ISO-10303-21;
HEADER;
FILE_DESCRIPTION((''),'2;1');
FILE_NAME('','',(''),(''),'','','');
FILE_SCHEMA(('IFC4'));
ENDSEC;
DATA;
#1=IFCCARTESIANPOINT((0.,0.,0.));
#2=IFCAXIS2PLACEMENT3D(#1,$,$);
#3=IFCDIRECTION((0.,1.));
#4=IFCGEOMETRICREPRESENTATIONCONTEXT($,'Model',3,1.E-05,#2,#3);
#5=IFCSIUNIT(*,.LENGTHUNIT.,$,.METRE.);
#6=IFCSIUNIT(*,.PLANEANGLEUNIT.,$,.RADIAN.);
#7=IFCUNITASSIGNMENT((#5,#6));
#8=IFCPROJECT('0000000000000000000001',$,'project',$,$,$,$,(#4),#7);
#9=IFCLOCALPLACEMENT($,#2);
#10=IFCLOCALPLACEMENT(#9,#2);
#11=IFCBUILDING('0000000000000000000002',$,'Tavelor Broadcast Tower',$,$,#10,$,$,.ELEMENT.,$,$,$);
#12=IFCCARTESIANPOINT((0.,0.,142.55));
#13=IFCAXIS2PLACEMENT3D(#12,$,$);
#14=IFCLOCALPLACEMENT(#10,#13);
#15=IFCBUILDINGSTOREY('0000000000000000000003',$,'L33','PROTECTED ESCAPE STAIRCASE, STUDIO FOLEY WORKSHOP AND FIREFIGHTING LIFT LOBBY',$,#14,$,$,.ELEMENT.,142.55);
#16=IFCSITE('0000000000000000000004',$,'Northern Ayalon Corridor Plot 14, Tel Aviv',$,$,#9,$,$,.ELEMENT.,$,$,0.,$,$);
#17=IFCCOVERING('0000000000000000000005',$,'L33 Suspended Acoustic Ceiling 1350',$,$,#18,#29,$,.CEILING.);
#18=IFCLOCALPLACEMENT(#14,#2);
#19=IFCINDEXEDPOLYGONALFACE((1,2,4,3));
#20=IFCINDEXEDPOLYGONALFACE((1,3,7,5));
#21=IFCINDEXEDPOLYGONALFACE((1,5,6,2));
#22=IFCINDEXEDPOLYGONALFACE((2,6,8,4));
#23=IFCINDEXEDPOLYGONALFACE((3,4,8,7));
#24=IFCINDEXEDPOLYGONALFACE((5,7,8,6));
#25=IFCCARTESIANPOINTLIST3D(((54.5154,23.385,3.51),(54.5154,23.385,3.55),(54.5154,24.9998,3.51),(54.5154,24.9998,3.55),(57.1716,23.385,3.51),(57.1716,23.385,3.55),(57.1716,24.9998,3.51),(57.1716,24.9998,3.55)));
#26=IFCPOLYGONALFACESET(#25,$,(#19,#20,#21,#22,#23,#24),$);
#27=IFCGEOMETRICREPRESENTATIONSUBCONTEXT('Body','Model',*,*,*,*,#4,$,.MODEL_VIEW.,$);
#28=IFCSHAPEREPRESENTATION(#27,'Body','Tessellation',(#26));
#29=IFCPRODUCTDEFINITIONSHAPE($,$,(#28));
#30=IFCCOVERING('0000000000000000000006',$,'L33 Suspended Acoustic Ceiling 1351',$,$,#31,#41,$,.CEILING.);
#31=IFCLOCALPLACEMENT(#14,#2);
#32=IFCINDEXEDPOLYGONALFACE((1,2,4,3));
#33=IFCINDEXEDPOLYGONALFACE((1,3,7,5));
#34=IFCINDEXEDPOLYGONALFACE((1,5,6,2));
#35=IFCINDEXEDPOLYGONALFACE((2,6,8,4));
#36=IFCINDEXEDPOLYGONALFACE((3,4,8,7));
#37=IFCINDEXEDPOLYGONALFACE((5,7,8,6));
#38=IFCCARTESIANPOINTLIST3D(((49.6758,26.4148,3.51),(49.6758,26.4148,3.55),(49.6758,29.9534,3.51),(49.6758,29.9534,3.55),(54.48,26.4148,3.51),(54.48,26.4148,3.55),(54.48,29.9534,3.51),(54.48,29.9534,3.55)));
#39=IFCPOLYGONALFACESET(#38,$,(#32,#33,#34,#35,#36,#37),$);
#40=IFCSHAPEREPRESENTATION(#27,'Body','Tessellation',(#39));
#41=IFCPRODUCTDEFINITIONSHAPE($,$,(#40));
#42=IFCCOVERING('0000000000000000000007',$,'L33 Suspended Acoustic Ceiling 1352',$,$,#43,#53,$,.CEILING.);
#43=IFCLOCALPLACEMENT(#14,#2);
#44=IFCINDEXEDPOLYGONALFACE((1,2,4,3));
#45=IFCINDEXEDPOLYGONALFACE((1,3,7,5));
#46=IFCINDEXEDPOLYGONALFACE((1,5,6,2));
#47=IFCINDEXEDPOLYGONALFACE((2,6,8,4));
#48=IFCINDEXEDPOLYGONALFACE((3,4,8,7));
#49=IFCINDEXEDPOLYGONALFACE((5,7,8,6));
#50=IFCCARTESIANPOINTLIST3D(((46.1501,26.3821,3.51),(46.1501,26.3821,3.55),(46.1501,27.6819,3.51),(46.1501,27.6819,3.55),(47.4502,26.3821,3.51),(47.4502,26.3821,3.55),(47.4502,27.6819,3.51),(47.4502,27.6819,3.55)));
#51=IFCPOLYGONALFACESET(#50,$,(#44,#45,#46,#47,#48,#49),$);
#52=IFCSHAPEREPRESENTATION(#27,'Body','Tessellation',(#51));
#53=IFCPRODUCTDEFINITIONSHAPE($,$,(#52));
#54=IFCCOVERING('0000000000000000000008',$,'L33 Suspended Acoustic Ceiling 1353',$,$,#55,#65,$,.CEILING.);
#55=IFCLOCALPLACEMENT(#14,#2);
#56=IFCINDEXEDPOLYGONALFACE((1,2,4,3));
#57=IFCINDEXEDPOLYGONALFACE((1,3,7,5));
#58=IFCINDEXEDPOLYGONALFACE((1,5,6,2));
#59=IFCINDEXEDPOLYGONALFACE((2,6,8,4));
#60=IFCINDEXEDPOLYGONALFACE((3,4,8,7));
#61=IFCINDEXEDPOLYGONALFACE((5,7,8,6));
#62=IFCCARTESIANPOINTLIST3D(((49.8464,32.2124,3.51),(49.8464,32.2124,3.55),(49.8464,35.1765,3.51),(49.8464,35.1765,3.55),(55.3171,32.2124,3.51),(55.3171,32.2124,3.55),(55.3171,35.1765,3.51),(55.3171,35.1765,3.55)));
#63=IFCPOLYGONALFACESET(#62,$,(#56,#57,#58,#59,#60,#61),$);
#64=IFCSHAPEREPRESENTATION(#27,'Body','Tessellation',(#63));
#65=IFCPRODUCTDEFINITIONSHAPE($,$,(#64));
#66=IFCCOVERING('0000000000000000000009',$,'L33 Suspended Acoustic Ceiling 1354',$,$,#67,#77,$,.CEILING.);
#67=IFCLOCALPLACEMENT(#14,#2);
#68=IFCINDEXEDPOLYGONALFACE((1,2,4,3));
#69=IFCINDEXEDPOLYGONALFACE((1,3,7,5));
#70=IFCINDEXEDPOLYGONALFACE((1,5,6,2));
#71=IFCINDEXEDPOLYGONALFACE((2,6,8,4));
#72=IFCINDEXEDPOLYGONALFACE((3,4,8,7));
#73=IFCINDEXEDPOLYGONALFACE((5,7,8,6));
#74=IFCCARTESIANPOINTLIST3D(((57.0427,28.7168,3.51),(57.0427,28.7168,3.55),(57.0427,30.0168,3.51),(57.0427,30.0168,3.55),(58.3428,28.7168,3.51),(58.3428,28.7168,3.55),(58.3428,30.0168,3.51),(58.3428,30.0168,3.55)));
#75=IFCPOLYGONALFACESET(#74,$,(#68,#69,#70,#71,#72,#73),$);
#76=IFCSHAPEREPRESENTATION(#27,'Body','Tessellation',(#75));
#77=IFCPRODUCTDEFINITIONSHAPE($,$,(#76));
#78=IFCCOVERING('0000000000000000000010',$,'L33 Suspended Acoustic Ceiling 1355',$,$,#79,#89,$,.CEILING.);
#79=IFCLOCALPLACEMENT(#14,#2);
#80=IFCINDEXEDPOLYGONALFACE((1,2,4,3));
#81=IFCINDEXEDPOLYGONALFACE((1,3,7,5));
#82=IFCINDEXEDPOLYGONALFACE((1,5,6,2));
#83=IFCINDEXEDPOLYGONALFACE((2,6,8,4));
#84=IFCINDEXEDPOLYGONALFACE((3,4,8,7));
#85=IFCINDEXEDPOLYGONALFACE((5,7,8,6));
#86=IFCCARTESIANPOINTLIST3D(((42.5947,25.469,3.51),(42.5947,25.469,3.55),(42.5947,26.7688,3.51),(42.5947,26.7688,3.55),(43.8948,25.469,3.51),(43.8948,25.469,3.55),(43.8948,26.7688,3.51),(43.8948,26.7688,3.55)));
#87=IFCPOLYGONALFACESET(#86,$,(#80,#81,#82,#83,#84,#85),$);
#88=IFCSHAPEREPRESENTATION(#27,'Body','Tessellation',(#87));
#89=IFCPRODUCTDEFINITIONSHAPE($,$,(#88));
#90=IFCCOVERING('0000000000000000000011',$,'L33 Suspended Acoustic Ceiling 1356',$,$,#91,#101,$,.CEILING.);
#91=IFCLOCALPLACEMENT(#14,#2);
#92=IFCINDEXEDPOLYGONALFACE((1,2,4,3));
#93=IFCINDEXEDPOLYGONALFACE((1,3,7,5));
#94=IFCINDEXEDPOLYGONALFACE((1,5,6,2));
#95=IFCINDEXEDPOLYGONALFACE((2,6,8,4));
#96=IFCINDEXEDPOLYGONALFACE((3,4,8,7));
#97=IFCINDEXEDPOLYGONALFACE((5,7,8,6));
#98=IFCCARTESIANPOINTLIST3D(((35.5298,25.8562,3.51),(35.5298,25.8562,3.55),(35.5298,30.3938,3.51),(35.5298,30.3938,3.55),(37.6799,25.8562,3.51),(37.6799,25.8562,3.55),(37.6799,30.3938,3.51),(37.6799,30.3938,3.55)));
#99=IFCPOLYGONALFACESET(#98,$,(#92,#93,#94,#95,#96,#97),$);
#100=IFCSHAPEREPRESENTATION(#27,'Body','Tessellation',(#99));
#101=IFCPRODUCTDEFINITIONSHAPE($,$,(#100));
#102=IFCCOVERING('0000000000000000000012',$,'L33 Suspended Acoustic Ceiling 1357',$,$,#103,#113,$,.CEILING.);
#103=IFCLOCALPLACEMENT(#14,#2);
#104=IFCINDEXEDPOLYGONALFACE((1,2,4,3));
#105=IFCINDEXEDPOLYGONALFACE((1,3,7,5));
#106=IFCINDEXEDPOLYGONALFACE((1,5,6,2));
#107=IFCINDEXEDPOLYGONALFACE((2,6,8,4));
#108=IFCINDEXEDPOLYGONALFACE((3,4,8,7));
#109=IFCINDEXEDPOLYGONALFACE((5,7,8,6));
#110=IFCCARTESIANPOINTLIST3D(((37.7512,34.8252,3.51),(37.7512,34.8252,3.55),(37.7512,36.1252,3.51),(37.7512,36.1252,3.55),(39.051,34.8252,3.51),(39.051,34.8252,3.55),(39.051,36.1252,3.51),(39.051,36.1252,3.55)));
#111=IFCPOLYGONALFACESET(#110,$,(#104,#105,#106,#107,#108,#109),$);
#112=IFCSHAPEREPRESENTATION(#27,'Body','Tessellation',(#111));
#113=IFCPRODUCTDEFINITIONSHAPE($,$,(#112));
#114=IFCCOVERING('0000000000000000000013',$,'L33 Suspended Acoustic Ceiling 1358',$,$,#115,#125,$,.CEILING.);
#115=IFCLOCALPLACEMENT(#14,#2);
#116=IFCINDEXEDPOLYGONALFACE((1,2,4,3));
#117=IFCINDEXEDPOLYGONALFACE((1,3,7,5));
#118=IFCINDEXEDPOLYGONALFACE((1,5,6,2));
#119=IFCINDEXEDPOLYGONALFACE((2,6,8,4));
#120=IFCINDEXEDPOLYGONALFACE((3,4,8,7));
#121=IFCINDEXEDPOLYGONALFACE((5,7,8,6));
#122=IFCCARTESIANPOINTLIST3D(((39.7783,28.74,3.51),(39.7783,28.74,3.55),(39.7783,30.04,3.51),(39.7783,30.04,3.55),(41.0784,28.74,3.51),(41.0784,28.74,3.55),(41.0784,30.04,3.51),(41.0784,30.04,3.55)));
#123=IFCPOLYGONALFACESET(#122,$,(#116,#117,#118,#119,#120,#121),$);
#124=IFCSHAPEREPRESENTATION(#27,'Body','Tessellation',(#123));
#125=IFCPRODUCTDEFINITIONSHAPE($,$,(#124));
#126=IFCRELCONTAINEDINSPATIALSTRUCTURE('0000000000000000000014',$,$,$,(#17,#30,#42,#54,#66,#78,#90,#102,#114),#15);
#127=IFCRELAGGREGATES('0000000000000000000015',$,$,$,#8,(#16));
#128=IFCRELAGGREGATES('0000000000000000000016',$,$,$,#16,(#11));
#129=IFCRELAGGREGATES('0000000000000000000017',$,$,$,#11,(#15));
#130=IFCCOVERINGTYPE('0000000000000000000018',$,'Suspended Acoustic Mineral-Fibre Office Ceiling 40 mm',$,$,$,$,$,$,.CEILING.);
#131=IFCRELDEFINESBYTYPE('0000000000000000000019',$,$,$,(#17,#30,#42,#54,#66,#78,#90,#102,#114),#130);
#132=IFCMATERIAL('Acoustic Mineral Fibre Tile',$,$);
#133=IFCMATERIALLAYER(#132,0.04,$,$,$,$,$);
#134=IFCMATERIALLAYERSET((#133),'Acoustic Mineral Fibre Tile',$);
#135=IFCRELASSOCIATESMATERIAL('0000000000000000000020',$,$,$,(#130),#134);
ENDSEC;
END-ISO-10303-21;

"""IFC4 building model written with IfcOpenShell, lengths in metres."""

from ifc_helpers import new_model, si_unit, direction, frame, origin, place, context, subcontext, project, spatial, polyline, outline, extrude, material, layer, layer_set, type_object, element, save


model = new_model("IFC4")

# Units and contexts
model_context = context("Model", 3, precision=1e-05, world=origin(), true_north=direction((0.0, 1.0)))
body_context = subcontext(model_context, "Body", "Model", "MODEL_VIEW")
ifc_project = project(units=[si_unit("LENGTHUNIT", "METRE"), si_unit("PLANEANGLEUNIT", "RADIAN")], contexts=[model_context])

# Site, building, storey
site_placement = place(None, origin())
site = spatial("IfcSite", under=ifc_project, at=site_placement, Name="Northern Ayalon Corridor Plot 14, Tel Aviv", CompositionType="ELEMENT", RefElevation=0.0)
building_placement = place(site_placement, origin())
building = spatial("IfcBuilding", under=site, at=building_placement, Name="Tavelor Broadcast Tower", CompositionType="ELEMENT")
storey_placement = place(building_placement, frame((0.0, 0.0, 142.55)))
storey = spatial("IfcBuildingStorey", under=building, at=storey_placement, Name="L33", Description="PROTECTED ESCAPE STAIRCASE, STUDIO FOLEY WORKSHOP AND FIREFIGHTING LIFT LOBBY", CompositionType="ELEMENT", Elevation=142.55)

# Coverings
ifc_material_1 = material(Name="Acoustic Mineral Fibre Tile")
ifc_layer_1 = layer(ifc_material_1, 0.04)
ifc_layer_set_1 = layer_set([ifc_layer_1], Name="Acoustic Mineral Fibre Tile")
covering_type_1 = type_object("IfcCoveringType", Name="Suspended Acoustic Mineral-Fibre Office Ceiling 40 mm", PredefinedType="CEILING", material=ifc_layer_set_1)
covering_1_placement = place(storey_placement, frame((0.0, 0.0, 3.51)))
element("IfcCovering", 1, at=covering_1_placement, inside=storey, type_object=covering_type_1, Name="L33 Suspended Acoustic Ceiling 1350", PredefinedType="CEILING", context=body_context, shape_type="SweptSolid", body=[
    extrude(outline(polyline([(54.5154, 23.385), (57.1716, 23.385), (57.1716, 24.9998), (54.5154, 24.9998), (54.5154, 23.385)])), origin(), (0.0, 0.0, 1.0), 0.04),
])
covering_2_placement = place(storey_placement, frame((0.0, 0.0, 3.51)))
element("IfcCovering", 2, at=covering_2_placement, inside=storey, type_object=covering_type_1, Name="L33 Suspended Acoustic Ceiling 1351", PredefinedType="CEILING", context=body_context, shape_type="SweptSolid", body=[
    extrude(outline(polyline([(49.6758, 26.4148), (54.48, 26.4148), (54.48, 29.9534), (49.6758, 29.9534), (49.6758, 26.4148)])), origin(), (0.0, 0.0, 1.0), 0.04),
])
covering_3_placement = place(storey_placement, frame((0.0, 0.0, 3.51)))
element("IfcCovering", 3, at=covering_3_placement, inside=storey, type_object=covering_type_1, Name="L33 Suspended Acoustic Ceiling 1352", PredefinedType="CEILING", context=body_context, shape_type="SweptSolid", body=[
    extrude(outline(polyline([(46.1501, 26.3821), (47.4502, 26.3821), (47.4502, 27.6819), (46.1501, 27.6819), (46.1501, 26.3821)])), origin(), (0.0, 0.0, 1.0), 0.04),
])
covering_4_placement = place(storey_placement, frame((0.0, 0.0, 3.51)))
element("IfcCovering", 4, at=covering_4_placement, inside=storey, type_object=covering_type_1, Name="L33 Suspended Acoustic Ceiling 1353", PredefinedType="CEILING", context=body_context, shape_type="SweptSolid", body=[
    extrude(outline(polyline([(49.8464, 32.2124), (55.3171, 32.2124), (55.3171, 35.1765), (49.8464, 35.1765), (49.8464, 32.2124)])), origin(), (0.0, 0.0, 1.0), 0.04),
])
covering_5_placement = place(storey_placement, frame((0.0, 0.0, 3.51)))
element("IfcCovering", 5, at=covering_5_placement, inside=storey, type_object=covering_type_1, Name="L33 Suspended Acoustic Ceiling 1354", PredefinedType="CEILING", context=body_context, shape_type="SweptSolid", body=[
    extrude(outline(polyline([(57.0427, 28.7168), (58.3428, 28.7168), (58.3428, 30.0168), (57.0427, 30.0168), (57.0427, 28.7168)])), origin(), (0.0, 0.0, 1.0), 0.04),
])
covering_6_placement = place(storey_placement, frame((0.0, 0.0, 3.51)))
element("IfcCovering", 6, at=covering_6_placement, inside=storey, type_object=covering_type_1, Name="L33 Suspended Acoustic Ceiling 1355", PredefinedType="CEILING", context=body_context, shape_type="SweptSolid", body=[
    extrude(outline(polyline([(42.5947, 25.469), (43.8948, 25.469), (43.8948, 26.7688), (42.5947, 26.7688), (42.5947, 25.469)])), origin(), (0.0, 0.0, 1.0), 0.04),
])
covering_7_placement = place(storey_placement, frame((0.0, 0.0, 3.51)))
element("IfcCovering", 7, at=covering_7_placement, inside=storey, type_object=covering_type_1, Name="L33 Suspended Acoustic Ceiling 1356", PredefinedType="CEILING", context=body_context, shape_type="SweptSolid", body=[
    extrude(outline(polyline([(35.5298, 25.8562), (37.6799, 25.8562), (37.6799, 30.3938), (35.5298, 30.3938), (35.5298, 25.8562)])), origin(), (0.0, 0.0, 1.0), 0.04),
])
covering_8_placement = place(storey_placement, frame((0.0, 0.0, 3.51)))
element("IfcCovering", 8, at=covering_8_placement, inside=storey, type_object=covering_type_1, Name="L33 Suspended Acoustic Ceiling 1357", PredefinedType="CEILING", context=body_context, shape_type="SweptSolid", body=[
    extrude(outline(polyline([(37.7512, 34.8252), (39.051, 34.8252), (39.051, 36.1252), (37.7512, 36.1252), (37.7512, 34.8252)])), origin(), (0.0, 0.0, 1.0), 0.04),
])
covering_9_placement = place(storey_placement, frame((0.0, 0.0, 3.51)))
element("IfcCovering", 9, at=covering_9_placement, inside=storey, type_object=covering_type_1, Name="L33 Suspended Acoustic Ceiling 1358", PredefinedType="CEILING", context=body_context, shape_type="SweptSolid", body=[
    extrude(outline(polyline([(39.7783, 28.74), (41.0784, 28.74), (41.0784, 30.04), (39.7783, 30.04), (39.7783, 28.74)])), origin(), (0.0, 0.0, 1.0), 0.04),
])

save(model, "model.ifc")
